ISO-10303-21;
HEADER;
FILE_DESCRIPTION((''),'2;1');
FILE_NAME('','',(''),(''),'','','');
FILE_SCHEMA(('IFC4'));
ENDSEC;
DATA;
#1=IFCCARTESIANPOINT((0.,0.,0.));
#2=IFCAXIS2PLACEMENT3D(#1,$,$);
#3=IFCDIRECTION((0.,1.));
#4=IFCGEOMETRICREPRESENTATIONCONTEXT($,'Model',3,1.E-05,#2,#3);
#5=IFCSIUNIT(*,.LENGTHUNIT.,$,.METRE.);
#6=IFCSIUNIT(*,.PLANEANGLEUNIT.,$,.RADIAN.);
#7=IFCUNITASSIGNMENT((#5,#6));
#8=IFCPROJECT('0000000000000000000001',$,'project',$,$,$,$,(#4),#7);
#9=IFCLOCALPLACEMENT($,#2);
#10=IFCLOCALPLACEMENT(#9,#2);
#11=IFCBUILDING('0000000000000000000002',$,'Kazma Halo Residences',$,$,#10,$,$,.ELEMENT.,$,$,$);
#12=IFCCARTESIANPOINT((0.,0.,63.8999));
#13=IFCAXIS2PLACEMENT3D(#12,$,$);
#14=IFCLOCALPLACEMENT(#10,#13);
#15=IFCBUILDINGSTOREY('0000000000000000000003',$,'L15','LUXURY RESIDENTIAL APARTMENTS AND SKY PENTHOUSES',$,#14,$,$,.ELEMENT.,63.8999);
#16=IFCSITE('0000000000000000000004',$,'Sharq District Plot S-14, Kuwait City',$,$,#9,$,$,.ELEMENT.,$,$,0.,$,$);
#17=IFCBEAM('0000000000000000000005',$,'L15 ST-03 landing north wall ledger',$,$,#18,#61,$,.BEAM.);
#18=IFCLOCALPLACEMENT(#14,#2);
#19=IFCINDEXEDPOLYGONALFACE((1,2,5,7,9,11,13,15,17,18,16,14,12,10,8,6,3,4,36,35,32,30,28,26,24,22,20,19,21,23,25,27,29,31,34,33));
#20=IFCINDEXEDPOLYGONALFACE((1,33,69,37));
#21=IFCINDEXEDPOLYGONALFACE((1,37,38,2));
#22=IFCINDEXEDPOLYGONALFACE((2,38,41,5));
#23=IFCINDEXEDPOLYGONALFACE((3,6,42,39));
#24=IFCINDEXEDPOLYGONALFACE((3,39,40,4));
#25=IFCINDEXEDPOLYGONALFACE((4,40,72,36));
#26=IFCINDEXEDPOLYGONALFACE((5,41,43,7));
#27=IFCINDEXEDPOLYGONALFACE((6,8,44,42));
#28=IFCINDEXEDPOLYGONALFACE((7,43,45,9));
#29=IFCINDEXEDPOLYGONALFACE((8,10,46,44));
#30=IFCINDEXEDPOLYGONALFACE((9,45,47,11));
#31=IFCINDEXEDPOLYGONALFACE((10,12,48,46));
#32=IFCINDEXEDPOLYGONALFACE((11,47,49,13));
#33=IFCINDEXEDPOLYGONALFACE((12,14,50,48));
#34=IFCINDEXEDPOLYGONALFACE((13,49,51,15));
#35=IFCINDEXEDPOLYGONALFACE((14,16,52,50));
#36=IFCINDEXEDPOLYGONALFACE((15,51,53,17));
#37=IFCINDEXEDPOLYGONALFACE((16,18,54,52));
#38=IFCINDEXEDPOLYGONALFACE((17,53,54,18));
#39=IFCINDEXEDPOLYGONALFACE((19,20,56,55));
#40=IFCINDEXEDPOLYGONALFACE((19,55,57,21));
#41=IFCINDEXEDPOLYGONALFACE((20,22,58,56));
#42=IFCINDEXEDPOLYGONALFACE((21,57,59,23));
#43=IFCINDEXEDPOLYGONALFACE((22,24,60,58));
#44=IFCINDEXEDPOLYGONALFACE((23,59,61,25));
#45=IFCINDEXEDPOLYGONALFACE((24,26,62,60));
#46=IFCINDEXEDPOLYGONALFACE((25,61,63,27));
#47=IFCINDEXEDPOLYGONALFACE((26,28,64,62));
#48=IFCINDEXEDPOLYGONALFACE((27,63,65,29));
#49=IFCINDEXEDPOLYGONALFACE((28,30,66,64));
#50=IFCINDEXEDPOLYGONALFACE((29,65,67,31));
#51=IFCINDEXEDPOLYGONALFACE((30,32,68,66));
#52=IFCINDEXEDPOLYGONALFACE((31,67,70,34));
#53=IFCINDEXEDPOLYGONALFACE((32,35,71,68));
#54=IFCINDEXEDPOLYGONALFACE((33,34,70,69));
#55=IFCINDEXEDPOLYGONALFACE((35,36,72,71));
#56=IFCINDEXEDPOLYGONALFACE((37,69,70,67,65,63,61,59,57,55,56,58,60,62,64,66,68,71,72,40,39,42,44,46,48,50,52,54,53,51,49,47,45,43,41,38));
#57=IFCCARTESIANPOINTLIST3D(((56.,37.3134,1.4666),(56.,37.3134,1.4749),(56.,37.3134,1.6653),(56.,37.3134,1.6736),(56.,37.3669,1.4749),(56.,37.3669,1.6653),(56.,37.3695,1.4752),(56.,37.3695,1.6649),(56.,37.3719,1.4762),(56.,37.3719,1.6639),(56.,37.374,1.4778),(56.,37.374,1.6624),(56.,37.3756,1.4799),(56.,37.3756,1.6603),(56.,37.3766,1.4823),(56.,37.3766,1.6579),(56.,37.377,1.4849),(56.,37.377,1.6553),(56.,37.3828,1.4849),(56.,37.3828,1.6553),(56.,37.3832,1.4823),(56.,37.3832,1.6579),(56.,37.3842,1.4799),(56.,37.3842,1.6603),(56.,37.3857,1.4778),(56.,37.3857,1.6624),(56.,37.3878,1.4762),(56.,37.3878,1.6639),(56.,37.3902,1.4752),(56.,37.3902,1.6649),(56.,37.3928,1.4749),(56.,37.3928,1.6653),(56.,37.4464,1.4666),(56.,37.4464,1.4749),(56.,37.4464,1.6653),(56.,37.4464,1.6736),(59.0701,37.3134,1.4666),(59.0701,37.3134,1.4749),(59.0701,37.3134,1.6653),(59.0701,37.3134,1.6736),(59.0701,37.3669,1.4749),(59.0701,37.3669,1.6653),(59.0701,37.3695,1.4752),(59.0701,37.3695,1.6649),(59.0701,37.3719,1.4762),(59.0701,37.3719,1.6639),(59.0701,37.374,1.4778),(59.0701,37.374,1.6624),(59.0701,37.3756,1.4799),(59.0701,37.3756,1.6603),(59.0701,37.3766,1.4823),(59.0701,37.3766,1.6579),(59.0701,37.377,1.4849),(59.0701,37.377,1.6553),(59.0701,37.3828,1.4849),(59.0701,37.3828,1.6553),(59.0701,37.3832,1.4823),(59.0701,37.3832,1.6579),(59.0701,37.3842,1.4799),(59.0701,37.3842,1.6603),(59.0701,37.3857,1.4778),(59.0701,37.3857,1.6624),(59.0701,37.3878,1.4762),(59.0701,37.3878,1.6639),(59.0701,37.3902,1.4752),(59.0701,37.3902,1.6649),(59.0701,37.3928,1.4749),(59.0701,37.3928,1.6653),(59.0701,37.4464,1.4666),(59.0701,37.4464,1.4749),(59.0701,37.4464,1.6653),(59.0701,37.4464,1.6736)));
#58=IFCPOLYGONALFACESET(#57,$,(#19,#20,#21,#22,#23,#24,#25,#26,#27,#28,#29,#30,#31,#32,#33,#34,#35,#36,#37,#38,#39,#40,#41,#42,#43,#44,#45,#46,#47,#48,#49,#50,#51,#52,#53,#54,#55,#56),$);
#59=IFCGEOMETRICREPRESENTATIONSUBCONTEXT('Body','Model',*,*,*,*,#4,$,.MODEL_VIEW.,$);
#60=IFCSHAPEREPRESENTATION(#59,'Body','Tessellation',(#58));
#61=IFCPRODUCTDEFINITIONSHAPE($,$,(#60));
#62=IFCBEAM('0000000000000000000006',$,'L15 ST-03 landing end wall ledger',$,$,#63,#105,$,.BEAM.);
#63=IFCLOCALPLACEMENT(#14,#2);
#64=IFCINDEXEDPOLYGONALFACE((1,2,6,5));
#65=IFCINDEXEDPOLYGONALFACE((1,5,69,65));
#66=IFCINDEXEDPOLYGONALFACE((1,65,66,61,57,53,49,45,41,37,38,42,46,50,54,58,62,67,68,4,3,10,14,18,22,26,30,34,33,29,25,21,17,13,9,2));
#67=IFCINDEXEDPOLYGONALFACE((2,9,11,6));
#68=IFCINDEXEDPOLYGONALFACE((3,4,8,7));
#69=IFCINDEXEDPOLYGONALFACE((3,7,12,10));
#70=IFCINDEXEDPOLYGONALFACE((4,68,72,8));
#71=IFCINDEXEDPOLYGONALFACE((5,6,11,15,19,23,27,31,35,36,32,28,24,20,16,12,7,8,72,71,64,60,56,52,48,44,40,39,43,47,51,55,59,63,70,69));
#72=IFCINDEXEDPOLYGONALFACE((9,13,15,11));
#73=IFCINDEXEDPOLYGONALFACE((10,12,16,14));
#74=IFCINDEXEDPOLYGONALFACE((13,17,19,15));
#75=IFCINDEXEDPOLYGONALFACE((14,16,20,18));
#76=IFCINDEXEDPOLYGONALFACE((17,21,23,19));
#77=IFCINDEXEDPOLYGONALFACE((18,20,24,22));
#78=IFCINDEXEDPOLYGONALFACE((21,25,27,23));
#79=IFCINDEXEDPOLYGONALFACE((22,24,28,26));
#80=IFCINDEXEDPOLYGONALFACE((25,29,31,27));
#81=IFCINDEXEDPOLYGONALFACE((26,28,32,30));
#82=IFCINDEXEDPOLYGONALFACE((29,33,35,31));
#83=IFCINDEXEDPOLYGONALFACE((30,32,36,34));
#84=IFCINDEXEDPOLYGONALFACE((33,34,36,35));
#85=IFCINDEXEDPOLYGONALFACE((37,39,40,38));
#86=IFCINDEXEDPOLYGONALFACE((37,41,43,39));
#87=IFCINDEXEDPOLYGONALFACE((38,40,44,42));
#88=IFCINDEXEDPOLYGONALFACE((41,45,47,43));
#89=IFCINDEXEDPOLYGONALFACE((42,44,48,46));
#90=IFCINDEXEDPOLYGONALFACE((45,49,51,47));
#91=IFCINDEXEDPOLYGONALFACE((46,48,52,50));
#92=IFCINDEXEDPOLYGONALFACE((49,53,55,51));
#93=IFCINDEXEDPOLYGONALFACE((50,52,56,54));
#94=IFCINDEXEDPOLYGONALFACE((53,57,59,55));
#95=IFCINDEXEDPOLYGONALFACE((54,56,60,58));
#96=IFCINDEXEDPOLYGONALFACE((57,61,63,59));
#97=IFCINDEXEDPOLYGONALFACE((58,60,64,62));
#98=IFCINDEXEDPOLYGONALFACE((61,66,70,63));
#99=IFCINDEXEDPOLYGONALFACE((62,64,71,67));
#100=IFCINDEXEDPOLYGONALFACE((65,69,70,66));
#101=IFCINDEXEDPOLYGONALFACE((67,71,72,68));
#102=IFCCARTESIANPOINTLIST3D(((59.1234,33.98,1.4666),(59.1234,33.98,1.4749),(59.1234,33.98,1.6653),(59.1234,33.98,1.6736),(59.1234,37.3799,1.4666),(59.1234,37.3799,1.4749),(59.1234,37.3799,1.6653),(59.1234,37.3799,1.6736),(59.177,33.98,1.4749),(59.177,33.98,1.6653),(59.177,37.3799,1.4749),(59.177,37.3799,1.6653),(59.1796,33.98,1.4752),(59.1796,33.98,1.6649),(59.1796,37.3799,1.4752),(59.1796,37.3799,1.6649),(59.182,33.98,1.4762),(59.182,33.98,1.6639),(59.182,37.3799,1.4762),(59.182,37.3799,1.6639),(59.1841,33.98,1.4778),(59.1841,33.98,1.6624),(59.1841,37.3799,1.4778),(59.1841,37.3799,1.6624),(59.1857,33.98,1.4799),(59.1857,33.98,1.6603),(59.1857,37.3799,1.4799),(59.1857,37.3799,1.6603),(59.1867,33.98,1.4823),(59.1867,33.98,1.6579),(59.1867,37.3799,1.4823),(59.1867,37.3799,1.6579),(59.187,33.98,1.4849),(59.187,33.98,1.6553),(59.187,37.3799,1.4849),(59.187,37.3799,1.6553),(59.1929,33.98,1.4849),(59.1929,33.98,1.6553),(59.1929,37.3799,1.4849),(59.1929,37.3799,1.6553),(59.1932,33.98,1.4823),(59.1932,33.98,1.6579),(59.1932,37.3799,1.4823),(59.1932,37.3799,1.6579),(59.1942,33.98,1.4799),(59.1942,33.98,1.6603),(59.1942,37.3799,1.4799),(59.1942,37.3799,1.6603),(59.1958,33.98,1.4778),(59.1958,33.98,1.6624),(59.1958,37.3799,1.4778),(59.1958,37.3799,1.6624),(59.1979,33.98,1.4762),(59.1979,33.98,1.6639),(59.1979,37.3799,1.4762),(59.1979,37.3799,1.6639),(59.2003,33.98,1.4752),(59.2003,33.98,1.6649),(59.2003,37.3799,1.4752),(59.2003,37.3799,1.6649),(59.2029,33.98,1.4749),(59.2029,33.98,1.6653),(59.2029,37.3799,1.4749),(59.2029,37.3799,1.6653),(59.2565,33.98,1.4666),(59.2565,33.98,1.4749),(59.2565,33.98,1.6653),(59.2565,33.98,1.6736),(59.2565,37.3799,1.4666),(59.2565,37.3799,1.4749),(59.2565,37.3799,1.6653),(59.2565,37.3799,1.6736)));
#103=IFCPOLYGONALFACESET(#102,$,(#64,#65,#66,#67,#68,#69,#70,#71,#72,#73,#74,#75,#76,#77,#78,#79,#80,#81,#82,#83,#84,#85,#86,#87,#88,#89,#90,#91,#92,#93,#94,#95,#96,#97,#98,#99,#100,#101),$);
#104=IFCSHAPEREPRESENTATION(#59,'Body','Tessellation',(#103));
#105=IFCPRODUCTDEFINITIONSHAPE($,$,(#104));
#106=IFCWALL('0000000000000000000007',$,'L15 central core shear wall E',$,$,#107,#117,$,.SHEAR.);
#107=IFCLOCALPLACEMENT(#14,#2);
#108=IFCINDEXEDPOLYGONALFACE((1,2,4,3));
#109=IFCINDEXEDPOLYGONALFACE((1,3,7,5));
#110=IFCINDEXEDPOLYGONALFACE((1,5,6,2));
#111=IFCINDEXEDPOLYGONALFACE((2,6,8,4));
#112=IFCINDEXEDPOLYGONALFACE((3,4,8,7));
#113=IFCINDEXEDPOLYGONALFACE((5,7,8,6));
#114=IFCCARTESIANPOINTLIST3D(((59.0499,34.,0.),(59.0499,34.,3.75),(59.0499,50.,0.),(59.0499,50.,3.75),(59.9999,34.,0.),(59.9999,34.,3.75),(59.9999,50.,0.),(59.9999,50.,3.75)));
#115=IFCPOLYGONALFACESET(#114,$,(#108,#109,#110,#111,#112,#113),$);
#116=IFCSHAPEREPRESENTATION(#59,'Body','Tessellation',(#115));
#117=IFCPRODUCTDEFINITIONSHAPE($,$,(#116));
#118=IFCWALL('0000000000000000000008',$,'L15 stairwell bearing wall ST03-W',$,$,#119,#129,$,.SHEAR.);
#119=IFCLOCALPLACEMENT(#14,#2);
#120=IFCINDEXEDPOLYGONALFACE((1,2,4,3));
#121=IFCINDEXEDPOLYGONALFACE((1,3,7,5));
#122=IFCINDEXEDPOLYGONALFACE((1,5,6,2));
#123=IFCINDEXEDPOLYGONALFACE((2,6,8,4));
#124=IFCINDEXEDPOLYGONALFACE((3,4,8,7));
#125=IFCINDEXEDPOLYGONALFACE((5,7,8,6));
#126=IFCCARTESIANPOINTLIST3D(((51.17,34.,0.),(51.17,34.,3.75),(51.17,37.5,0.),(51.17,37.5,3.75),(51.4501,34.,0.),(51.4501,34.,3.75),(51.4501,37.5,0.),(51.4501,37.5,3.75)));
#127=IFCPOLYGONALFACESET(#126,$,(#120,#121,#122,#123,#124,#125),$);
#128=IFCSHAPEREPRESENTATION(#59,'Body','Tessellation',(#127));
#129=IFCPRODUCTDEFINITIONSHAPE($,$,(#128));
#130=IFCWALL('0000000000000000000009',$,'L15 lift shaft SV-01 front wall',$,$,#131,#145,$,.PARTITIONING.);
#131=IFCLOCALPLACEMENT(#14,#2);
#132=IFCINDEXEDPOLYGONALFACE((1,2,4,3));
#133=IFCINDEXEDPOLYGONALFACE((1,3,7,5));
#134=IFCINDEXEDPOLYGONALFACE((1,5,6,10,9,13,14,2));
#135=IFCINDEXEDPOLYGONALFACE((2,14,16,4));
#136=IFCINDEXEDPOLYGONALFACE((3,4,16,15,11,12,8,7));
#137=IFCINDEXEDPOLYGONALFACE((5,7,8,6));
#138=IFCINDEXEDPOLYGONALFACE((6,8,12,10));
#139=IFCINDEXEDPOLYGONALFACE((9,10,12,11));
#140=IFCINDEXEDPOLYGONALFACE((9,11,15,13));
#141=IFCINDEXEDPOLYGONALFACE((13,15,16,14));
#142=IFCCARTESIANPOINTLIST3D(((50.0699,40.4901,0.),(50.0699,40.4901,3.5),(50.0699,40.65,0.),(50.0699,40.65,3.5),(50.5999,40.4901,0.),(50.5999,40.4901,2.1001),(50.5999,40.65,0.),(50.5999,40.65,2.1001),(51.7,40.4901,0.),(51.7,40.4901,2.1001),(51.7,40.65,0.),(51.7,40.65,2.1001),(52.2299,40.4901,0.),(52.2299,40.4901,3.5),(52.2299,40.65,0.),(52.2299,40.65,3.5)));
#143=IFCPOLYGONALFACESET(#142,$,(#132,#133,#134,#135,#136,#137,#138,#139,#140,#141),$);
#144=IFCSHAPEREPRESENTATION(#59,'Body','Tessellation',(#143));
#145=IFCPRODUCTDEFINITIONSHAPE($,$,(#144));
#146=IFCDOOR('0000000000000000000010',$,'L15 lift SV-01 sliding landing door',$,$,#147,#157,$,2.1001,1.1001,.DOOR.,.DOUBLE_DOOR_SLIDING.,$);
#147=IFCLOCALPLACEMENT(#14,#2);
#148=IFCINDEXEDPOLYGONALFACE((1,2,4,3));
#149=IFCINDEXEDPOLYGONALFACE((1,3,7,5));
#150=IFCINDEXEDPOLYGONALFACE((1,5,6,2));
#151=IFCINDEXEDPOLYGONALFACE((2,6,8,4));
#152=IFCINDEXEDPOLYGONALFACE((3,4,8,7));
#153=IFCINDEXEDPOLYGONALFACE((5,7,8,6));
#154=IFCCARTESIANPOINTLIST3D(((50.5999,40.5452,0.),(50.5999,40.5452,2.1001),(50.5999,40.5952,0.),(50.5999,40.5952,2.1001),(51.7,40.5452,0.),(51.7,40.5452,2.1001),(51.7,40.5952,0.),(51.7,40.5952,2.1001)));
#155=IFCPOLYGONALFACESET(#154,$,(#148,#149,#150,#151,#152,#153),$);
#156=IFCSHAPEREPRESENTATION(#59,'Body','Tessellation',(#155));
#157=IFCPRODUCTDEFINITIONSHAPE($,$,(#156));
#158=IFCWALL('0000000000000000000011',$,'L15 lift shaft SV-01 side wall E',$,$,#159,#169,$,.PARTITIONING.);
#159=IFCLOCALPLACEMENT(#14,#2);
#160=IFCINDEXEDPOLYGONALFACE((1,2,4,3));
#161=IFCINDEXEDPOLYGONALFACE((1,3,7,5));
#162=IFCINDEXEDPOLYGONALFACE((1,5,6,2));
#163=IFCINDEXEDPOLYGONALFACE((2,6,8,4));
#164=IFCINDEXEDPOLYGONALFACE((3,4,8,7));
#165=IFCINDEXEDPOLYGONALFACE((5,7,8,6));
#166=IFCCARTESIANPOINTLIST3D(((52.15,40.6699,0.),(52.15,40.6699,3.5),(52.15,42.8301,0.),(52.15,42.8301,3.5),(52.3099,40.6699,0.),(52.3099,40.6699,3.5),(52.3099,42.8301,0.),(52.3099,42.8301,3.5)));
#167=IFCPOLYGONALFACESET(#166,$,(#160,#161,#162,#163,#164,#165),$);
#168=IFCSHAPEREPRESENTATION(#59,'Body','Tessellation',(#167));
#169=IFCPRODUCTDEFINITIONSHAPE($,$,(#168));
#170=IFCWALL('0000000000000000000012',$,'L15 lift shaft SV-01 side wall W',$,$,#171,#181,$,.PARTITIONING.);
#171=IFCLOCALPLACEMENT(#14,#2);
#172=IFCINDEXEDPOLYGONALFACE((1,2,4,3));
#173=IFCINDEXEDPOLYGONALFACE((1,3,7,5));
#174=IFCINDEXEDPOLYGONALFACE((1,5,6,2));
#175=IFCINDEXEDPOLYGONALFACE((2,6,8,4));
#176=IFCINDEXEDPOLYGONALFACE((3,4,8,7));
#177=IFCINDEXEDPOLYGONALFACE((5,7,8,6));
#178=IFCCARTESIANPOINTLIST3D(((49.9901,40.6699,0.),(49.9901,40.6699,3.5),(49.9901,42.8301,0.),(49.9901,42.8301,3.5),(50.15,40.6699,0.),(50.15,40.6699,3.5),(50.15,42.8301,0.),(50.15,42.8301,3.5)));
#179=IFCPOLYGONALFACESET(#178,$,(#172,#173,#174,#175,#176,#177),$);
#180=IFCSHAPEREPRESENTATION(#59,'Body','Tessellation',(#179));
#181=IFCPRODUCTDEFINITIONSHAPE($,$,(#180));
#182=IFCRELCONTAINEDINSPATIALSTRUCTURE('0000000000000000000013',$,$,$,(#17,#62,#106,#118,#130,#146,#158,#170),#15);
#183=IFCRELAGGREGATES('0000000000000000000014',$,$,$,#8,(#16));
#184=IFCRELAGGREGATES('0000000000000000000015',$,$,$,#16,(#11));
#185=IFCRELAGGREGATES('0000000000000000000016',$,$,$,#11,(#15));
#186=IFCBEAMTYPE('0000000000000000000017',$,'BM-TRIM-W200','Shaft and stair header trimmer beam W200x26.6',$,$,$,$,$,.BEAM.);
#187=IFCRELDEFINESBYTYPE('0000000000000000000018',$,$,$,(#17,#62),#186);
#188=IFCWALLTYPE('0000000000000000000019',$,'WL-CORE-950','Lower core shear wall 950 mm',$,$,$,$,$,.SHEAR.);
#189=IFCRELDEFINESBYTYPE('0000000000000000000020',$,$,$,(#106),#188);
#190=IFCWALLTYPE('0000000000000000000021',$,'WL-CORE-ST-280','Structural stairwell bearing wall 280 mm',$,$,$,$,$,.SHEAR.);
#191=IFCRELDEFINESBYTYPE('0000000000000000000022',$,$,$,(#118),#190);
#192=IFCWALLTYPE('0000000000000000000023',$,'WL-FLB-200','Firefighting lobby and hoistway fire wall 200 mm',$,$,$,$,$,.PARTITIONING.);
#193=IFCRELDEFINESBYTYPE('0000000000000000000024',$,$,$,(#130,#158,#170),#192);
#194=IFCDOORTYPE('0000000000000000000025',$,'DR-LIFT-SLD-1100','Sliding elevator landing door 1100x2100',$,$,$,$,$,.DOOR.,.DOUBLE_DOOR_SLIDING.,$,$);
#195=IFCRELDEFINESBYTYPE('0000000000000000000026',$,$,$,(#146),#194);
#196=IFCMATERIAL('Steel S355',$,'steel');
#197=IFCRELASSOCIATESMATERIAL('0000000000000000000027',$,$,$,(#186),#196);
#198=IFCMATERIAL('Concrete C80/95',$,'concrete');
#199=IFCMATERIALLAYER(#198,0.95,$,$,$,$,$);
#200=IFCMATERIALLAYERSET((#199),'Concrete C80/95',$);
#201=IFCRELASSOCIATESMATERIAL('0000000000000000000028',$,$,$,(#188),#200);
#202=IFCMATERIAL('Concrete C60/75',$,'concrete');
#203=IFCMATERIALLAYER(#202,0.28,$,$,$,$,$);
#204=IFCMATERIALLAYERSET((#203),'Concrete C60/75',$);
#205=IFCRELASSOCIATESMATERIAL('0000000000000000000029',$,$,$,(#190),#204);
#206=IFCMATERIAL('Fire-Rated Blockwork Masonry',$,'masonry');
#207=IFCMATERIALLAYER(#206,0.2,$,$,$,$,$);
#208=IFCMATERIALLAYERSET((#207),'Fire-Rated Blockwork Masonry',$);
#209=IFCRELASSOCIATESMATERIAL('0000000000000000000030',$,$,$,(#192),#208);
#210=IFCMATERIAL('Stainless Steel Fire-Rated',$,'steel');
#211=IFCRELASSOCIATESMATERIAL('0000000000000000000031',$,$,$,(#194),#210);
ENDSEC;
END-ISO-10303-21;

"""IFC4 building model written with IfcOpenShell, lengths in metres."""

from ifc_helpers import new_model, si_unit, direction, frame, frame_2d, origin, origin_2d, place, context, subcontext, project, spatial, rectangle, i_section, extrude, material, layer, layer_set, material_profile, profile_set, type_object, element, fill, save


model = new_model("IFC4")

# Units and contexts
model_context = context("Model", 3, precision=1e-05, world=origin(), true_north=direction((0.0, 1.0)))
body_context = subcontext(model_context, "Body", "Model", "MODEL_VIEW")
ifc_project = project(units=[si_unit("LENGTHUNIT", "METRE"), si_unit("PLANEANGLEUNIT", "RADIAN")], contexts=[model_context])

# Site, building, storey
site_placement = place(None, origin())
site = spatial("IfcSite", under=ifc_project, at=site_placement, Name="Sharq District Plot S-14, Kuwait City", CompositionType="ELEMENT", RefElevation=0.0)
building_placement = place(site_placement, origin())
building = spatial("IfcBuilding", under=site, at=building_placement, Name="Kazma Halo Residences", CompositionType="ELEMENT")
storey_placement = place(building_placement, frame((0.0, 0.0, 63.8999)))
storey = spatial("IfcBuildingStorey", under=building, at=storey_placement, Name="L15", Description="LUXURY RESIDENTIAL APARTMENTS AND SKY PENTHOUSES", CompositionType="ELEMENT", Elevation=63.8999)

# Shared definitions
ifc_material_1 = material(Name="Steel S355", Category="steel")

# Beams
ifc_material_profile_1 = material_profile(ifc_material_1, i_section(OverallWidth=0.1331, OverallDepth=0.207, WebThickness=0.0059, FlangeThickness=0.0083, FilletRadius=0.01, at=origin_2d()), Name="W200x26.6")
ifc_profile_set_1 = profile_set([ifc_material_profile_1], Name="Steel S355")
beam_type_1 = type_object("IfcBeamType", Name="BM-TRIM-W200", Description="Shaft and stair header trimmer beam W200x26.6", PredefinedType="BEAM", material=ifc_profile_set_1)
beam_1_placement = place(storey_placement, frame((56.0, 37.3799, 1.5701), z_axis=(1.0, 0.0, 0.0), x_axis=(0.0, 1.0, 0.0)))
element("IfcBeam", 1, at=beam_1_placement, inside=storey, type_object=beam_type_1, Name="L15 ST-03 landing north wall ledger", PredefinedType="BEAM", context=body_context, shape_type="SweptSolid", body=[
    extrude(i_section(OverallWidth=0.1331, OverallDepth=0.207, WebThickness=0.0059, FlangeThickness=0.0083, FilletRadius=0.01, at=origin_2d()), origin(), (0.0, 0.0, 1.0), 3.0701),
])
beam_2_placement = place(storey_placement, frame((59.1899, 33.98, 1.5701), z_axis=(0.0, 1.0, 0.0), x_axis=(-1.0, 0.0, 0.0)))
element("IfcBeam", 2, at=beam_2_placement, inside=storey, type_object=beam_type_1, Name="L15 ST-03 landing end wall ledger", PredefinedType="BEAM", context=body_context, shape_type="SweptSolid", body=[
    extrude(i_section(OverallWidth=0.1331, OverallDepth=0.207, WebThickness=0.0059, FlangeThickness=0.0083, FilletRadius=0.01, at=origin_2d()), origin(), (0.0, 0.0, 1.0), 3.3999),
])

# Walls
ifc_material_2 = material(Name="Concrete C80/95", Category="concrete")
ifc_layer_1 = layer(ifc_material_2, 0.95)
ifc_layer_set_1 = layer_set([ifc_layer_1], Name="Concrete C80/95")
wall_type_1 = type_object("IfcWallType", Name="WL-CORE-950", Description="Lower core shear wall 950 mm", PredefinedType="SHEAR", material=ifc_layer_set_1)
wall_1_placement = place(storey_placement, frame((59.5249, 34.0, 0.0), z_axis=(0.0, 0.0, 1.0), x_axis=(0.0, 1.0, 0.0)))
element("IfcWall", 3, at=wall_1_placement, inside=storey, type_object=wall_type_1, Name="L15 central core shear wall E", PredefinedType="SHEAR", context=body_context, shape_type="SweptSolid", body=[
    extrude(rectangle(XDim=16.0, YDim=0.95, at=frame_2d((8.0, 0.0))), origin(), (0.0, 0.0, 1.0), 3.75),
])
ifc_material_3 = material(Name="Concrete C60/75", Category="concrete")
ifc_layer_2 = layer(ifc_material_3, 0.28)
ifc_layer_set_2 = layer_set([ifc_layer_2], Name="Concrete C60/75")
wall_type_2 = type_object("IfcWallType", Name="WL-CORE-ST-280", Description="Structural stairwell bearing wall 280 mm", PredefinedType="SHEAR", material=ifc_layer_set_2)
wall_2_placement = place(storey_placement, frame((51.3101, 34.0, 0.0), z_axis=(0.0, 0.0, 1.0), x_axis=(0.0, 1.0, 0.0)))
element("IfcWall", 4, at=wall_2_placement, inside=storey, type_object=wall_type_2, Name="L15 stairwell bearing wall ST03-W", PredefinedType="SHEAR", context=body_context, shape_type="SweptSolid", body=[
    extrude(rectangle(XDim=3.5, YDim=0.28, at=frame_2d((1.75, 0.0))), origin(), (0.0, 0.0, 1.0), 3.75),
])

# Wall, opening, door
ifc_material_4 = material(Name="Fire-Rated Blockwork Masonry", Category="masonry")
ifc_layer_3 = layer(ifc_material_4, 0.2)
ifc_layer_set_3 = layer_set([ifc_layer_3], Name="Fire-Rated Blockwork Masonry")
wall_type_3 = type_object("IfcWallType", Name="WL-FLB-200", Description="Firefighting lobby and hoistway fire wall 200 mm", PredefinedType="PARTITIONING", material=ifc_layer_set_3)
wall_3_placement = place(storey_placement, frame((52.23, 40.5701, 0.0), z_axis=(0.0, 0.0, 1.0), x_axis=(-1.0, 0.0, 0.0)))
wall_3 = element("IfcWall", 5, at=wall_3_placement, inside=storey, type_object=wall_type_3, Name="L15 lift shaft SV-01 front wall", PredefinedType="PARTITIONING", context=body_context, shape_type="SweptSolid", body=[
    extrude(rectangle(XDim=2.1599, YDim=0.1599, at=frame_2d((1.0801, 0.0))), origin(), (0.0, 0.0, 1.0), 3.5),
])
opening_1_placement = place(wall_3_placement, frame((0.53, 0.0, 0.0)))
opening_1 = element("IfcOpeningElement", 6, at=opening_1_placement, cuts=wall_3, PredefinedType="OPENING", context=body_context, shape_type="SweptSolid", body=[
    extrude(rectangle(XDim=1.1001, YDim=2.1001, at=frame_2d((0.55, 1.05))), frame((0.0, 0.0898, 0.0), z_axis=(0.0, -1.0, 0.0), x_axis=(1.0, 0.0, 0.0)), (0.0, 0.0, 1.0), 0.1799),
])
ifc_material_5 = material(Name="Stainless Steel Fire-Rated", Category="steel")
door_type_1 = type_object("IfcDoorType", Name="DR-LIFT-SLD-1100", Description="Sliding elevator landing door 1100x2100", OperationType="DOUBLE_DOOR_SLIDING", PredefinedType="DOOR", material=ifc_material_5)
door_1_placement = place(opening_1_placement, origin())
door_1 = element("IfcDoor", 7, at=door_1_placement, inside=storey, type_object=door_type_1, Name="L15 lift SV-01 sliding landing door", OperationType="DOUBLE_DOOR_SLIDING", OverallHeight=2.1001, OverallWidth=1.1001, PredefinedType="DOOR", context=body_context, shape_type="SweptSolid", body=[
    extrude(rectangle(XDim=1.1001, YDim=2.1001, at=frame_2d((0.55, 1.05))), frame((0.0, 0.0249, 0.0), z_axis=(0.0, -1.0, 0.0), x_axis=(1.0, 0.0, 0.0)), (0.0, 0.0, 1.0), 0.05),
])
fill(opening_1, door_1)

# Walls
for number, where, z_axis, x_axis, name in (
    (8, (52.23, 40.6699, 0.0), (0.0, 0.0, 1.0), (0.0, 1.0, 0.0), "L15 lift shaft SV-01 side wall E"),
    (9, (50.0701, 40.6699, 0.0), (0.0, 0.0, 1.0), (0.0, 1.0, 0.0), "L15 lift shaft SV-01 side wall W"),
):
    element("IfcWall", number, at=place(storey_placement, frame(where, z_axis=z_axis, x_axis=x_axis)), inside=storey, type_object=wall_type_3, Name=name, PredefinedType="PARTITIONING", context=body_context, shape_type="SweptSolid", body=[
        extrude(rectangle(XDim=2.1602, YDim=0.1599, at=frame_2d((1.0801, 0.0))), origin(), (0.0, 0.0, 1.0), 3.5),
    ])

save(model, "model.ifc")
